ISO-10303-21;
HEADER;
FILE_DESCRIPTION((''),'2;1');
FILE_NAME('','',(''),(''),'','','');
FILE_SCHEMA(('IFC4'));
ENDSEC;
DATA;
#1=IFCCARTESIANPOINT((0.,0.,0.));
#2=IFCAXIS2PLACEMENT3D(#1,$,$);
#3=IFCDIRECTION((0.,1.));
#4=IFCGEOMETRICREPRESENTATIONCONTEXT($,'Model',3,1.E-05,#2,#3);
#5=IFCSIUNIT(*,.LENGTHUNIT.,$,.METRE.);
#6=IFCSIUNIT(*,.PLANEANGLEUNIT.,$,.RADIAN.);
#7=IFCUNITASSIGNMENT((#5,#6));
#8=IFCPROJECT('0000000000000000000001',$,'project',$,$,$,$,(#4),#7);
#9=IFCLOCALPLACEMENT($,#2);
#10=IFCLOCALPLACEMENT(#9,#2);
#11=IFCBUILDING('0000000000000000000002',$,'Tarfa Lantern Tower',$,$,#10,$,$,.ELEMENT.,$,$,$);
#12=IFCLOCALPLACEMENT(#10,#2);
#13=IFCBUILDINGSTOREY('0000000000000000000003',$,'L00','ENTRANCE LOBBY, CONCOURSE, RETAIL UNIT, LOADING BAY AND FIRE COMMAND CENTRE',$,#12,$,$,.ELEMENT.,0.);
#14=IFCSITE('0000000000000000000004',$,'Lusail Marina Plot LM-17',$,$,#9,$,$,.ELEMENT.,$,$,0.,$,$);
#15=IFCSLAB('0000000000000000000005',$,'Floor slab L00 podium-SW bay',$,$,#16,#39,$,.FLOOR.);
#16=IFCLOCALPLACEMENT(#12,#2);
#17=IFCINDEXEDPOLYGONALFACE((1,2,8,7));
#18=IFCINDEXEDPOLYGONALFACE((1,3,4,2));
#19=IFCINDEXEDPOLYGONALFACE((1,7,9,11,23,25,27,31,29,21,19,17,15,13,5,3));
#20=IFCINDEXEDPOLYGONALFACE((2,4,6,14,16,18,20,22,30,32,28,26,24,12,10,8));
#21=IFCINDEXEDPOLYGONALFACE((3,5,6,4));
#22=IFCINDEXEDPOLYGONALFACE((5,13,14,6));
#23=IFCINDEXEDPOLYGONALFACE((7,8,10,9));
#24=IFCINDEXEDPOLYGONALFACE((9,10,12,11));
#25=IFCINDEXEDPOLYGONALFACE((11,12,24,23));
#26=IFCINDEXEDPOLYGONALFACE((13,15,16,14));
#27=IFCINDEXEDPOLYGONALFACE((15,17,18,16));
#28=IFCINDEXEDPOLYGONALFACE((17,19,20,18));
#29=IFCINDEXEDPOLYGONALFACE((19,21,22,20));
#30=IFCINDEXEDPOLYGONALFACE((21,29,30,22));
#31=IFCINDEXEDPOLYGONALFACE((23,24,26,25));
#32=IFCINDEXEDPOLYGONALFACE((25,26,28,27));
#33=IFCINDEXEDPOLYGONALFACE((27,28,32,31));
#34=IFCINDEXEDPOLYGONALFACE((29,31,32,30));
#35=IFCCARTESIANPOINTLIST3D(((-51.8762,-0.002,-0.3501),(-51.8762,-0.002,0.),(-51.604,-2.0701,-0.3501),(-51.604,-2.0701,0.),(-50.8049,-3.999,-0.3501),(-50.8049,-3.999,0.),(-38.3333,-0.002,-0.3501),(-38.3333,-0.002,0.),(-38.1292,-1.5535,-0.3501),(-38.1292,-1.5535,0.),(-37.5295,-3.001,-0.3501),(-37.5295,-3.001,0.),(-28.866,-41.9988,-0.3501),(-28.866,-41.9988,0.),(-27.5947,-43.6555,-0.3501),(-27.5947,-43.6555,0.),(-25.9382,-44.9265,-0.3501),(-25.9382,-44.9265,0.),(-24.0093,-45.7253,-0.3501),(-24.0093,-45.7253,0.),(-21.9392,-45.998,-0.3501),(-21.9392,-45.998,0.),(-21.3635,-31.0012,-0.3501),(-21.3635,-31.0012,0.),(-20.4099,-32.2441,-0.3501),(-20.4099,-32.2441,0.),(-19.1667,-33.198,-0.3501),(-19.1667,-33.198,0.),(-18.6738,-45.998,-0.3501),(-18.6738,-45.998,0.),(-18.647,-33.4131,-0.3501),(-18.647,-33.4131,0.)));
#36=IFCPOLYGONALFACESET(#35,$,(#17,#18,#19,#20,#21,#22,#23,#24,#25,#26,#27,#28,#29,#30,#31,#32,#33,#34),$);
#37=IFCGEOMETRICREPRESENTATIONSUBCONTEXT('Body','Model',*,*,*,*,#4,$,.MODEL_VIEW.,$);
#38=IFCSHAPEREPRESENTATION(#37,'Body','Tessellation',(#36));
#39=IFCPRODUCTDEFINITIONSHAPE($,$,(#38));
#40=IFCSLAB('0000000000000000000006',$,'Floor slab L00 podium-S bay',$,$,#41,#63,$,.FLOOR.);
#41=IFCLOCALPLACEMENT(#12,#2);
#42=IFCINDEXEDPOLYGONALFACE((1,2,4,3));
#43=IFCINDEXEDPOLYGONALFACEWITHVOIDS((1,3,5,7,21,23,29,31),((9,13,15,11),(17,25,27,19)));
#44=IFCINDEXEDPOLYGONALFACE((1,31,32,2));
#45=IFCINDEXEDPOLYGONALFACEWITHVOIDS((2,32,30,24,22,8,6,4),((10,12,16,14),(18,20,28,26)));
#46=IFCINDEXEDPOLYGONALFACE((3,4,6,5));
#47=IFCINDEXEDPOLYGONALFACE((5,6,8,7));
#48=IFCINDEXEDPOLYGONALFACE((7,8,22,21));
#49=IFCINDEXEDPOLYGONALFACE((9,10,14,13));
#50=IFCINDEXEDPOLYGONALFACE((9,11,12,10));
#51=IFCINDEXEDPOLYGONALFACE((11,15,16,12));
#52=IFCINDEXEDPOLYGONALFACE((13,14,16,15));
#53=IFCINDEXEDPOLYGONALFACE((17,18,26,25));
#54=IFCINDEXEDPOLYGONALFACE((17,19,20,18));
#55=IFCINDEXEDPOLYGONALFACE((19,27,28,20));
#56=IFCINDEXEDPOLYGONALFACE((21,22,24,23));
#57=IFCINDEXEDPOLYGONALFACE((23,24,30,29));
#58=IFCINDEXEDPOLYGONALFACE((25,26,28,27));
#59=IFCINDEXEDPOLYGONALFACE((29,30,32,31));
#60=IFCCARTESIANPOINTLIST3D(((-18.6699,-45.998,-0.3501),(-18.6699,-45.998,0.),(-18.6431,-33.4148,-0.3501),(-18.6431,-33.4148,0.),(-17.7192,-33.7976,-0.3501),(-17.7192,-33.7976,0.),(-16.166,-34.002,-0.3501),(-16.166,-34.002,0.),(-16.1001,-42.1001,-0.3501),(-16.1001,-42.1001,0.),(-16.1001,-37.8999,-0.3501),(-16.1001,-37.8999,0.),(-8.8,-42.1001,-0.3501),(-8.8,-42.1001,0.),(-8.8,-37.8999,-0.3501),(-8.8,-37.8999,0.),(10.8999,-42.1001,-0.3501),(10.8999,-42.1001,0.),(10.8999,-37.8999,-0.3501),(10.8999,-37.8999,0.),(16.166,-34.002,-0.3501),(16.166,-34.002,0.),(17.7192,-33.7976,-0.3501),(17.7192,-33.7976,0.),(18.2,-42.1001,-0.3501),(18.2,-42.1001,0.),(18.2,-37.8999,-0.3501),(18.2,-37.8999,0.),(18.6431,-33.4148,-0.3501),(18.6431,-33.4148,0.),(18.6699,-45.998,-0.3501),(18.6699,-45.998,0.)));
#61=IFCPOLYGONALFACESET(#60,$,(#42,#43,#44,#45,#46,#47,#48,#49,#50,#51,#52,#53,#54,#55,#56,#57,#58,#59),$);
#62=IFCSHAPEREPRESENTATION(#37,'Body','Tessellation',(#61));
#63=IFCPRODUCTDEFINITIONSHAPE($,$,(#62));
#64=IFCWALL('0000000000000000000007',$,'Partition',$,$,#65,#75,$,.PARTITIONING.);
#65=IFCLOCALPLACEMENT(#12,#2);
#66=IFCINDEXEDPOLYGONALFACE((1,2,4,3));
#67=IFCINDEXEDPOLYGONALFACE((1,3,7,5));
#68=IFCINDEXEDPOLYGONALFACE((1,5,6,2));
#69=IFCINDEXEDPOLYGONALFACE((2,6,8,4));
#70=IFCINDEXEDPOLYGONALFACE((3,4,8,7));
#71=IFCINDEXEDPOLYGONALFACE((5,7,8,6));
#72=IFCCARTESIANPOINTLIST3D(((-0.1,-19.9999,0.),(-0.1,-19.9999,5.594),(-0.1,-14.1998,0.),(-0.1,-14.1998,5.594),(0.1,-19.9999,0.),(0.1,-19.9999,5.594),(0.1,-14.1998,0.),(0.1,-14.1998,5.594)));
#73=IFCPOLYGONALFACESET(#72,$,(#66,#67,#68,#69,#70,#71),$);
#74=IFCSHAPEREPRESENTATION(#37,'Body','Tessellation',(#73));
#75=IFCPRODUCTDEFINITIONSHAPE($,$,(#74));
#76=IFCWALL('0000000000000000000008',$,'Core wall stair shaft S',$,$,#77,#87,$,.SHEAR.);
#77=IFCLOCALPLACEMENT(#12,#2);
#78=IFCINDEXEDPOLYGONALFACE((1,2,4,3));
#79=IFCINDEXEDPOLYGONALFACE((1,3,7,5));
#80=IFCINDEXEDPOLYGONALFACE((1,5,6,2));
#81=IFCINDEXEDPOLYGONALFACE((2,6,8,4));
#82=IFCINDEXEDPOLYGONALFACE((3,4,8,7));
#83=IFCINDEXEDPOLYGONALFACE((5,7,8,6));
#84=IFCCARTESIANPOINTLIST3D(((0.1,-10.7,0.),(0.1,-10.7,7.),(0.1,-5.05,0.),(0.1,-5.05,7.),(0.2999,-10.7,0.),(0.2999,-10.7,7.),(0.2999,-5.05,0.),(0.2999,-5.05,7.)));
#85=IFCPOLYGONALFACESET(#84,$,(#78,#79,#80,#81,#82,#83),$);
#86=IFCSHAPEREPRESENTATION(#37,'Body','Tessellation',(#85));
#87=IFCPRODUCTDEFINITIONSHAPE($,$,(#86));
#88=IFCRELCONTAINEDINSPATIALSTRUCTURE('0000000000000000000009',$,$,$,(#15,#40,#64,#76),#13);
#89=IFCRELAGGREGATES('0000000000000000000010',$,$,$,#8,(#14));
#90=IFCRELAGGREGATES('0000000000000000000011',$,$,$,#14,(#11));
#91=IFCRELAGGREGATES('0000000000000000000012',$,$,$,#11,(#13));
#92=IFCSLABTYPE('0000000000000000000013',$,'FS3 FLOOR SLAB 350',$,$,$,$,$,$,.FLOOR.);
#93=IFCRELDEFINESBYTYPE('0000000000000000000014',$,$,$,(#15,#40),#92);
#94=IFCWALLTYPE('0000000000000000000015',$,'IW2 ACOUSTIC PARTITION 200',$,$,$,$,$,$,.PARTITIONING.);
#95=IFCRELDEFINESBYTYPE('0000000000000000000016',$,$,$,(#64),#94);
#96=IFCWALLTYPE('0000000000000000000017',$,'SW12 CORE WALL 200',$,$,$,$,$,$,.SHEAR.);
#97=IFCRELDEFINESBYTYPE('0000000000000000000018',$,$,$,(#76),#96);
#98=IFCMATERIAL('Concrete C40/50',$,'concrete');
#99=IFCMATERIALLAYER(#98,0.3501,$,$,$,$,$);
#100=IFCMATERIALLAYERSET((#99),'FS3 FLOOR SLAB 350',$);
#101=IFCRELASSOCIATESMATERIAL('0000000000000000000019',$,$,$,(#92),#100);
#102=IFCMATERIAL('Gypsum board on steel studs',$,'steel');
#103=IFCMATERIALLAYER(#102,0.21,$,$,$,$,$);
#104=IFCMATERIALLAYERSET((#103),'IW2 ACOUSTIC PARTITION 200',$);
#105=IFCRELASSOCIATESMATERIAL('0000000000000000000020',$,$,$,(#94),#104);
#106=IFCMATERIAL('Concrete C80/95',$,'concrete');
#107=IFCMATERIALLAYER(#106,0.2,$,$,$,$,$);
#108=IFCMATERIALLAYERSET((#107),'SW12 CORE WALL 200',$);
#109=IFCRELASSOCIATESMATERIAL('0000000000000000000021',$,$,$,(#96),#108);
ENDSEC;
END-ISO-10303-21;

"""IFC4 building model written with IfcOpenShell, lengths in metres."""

from ifc_helpers import new_model, si_unit, direction, frame, frame_2d, origin, place, context, subcontext, project, spatial, polyline, rectangle, outline, extrude, material, layer, layer_set, type_object, element, save


model = new_model("IFC4")

# Units and contexts
model_context = context("Model", 3, precision=1e-05, world=origin(), true_north=direction((0.0, 1.0)))
body_context = subcontext(model_context, "Body", "Model", "MODEL_VIEW")
ifc_project = project(units=[si_unit("LENGTHUNIT", "METRE"), si_unit("PLANEANGLEUNIT", "RADIAN")], contexts=[model_context])

# Site, building, storey
site_placement = place(None, origin())
site = spatial("IfcSite", under=ifc_project, at=site_placement, Name="Lusail Marina Plot LM-17", CompositionType="ELEMENT", RefElevation=0.0)
building_placement = place(site_placement, origin())
building = spatial("IfcBuilding", under=site, at=building_placement, Name="Tarfa Lantern Tower", CompositionType="ELEMENT")
storey_placement = place(building_placement, origin())
storey = spatial("IfcBuildingStorey", under=building, at=storey_placement, Name="L00", Description="ENTRANCE LOBBY, CONCOURSE, RETAIL UNIT, LOADING BAY AND FIRE COMMAND CENTRE", CompositionType="ELEMENT", Elevation=0.0)

# Slabs
ifc_material_1 = material(Name="Concrete C40/50", Category="concrete")
ifc_layer_1 = layer(ifc_material_1, 0.3501)
ifc_layer_set_1 = layer_set([ifc_layer_1], Name="FS3 FLOOR SLAB 350")
slab_type = type_object("IfcSlabType", Name="FS3 FLOOR SLAB 350", PredefinedType="FLOOR", material=ifc_layer_set_1)
slab_1_placement = place(storey_placement, frame((0.0, 0.0, -0.3501)))
element("IfcSlab", 1, at=slab_1_placement, inside=storey, type_object=slab_type, Name="Floor slab L00 podium-SW bay", PredefinedType="FLOOR", context=body_context, shape_type="SweptSolid", body=[
    extrude(outline(polyline([(-18.647, -33.4131), (-19.1667, -33.198), (-20.4099, -32.2441), (-21.3635, -31.0012), (-37.5295, -3.001), (-38.1292, -1.5535), (-38.3333, -0.002), (-51.8762, -0.002), (-51.604, -2.0701), (-50.8049, -3.999), (-28.866, -41.9988), (-27.5947, -43.6555), (-25.9382, -44.9265), (-24.0093, -45.7253), (-21.9392, -45.998), (-18.6738, -45.998), (-18.647, -33.4131)])), origin(), (0.0, 0.0, 1.0), 0.3501),
])
slab_2_placement = place(storey_placement, frame((0.0, 0.0, -0.3501)))
element("IfcSlab", 2, at=slab_2_placement, inside=storey, type_object=slab_type, Name="Floor slab L00 podium-S bay", PredefinedType="FLOOR", context=body_context, shape_type="SweptSolid", body=[
    extrude(outline(polyline([(18.6431, -33.4148), (17.7192, -33.7976), (16.166, -34.002), (-16.166, -34.002), (-17.7192, -33.7976), (-18.6431, -33.4148), (-18.6699, -45.998), (18.6699, -45.998), (18.6431, -33.4148)]), holes=[polyline([(-16.1001, -42.1001), (-8.8, -42.1001), (-8.8, -37.8999), (-16.1001, -37.8999), (-16.1001, -42.1001)]), polyline([(10.8999, -42.1001), (18.2, -42.1001), (18.2, -37.8999), (10.8999, -37.8999), (10.8999, -42.1001)])]), origin(), (0.0, 0.0, 1.0), 0.3501),
])

# Walls
ifc_material_2 = material(Name="Gypsum board on steel studs", Category="steel")
ifc_layer_2 = layer(ifc_material_2, 0.21)
ifc_layer_set_2 = layer_set([ifc_layer_2], Name="IW2 ACOUSTIC PARTITION 200")
wall_type_1 = type_object("IfcWallType", Name="IW2 ACOUSTIC PARTITION 200", PredefinedType="PARTITIONING", material=ifc_layer_set_2)
wall_1_placement = place(storey_placement, frame((0.0, -14.2, 0.0), z_axis=(0.0, 0.0, 1.0), x_axis=(0.0, -1.0, 0.0)))
element("IfcWall", 3, at=wall_1_placement, inside=storey, type_object=wall_type_1, Name="Partition", PredefinedType="PARTITIONING", context=body_context, shape_type="SweptSolid", body=[
    extrude(rectangle(XDim=5.8, YDim=0.2, at=frame_2d((2.8999, 0.0))), origin(), (0.0, 0.0, 1.0), 5.594),
])
ifc_material_3 = material(Name="Concrete C80/95", Category="concrete")
ifc_layer_3 = layer(ifc_material_3, 0.2)
ifc_layer_set_3 = layer_set([ifc_layer_3], Name="SW12 CORE WALL 200")
wall_type_2 = type_object("IfcWallType", Name="SW12 CORE WALL 200", PredefinedType="SHEAR", material=ifc_layer_set_3)
wall_2_placement = place(storey_placement, frame((0.2, -5.05, 0.0), z_axis=(0.0, 0.0, 1.0), x_axis=(0.0, -1.0, 0.0)))
element("IfcWall", 4, at=wall_2_placement, inside=storey, type_object=wall_type_2, Name="Core wall stair shaft S", PredefinedType="SHEAR", context=body_context, shape_type="SweptSolid", body=[
    extrude(rectangle(XDim=5.6499, YDim=0.2, at=frame_2d((2.825, 0.0))), origin(), (0.0, 0.0, 1.0), 7.0),
])

save(model, "model.ifc")
